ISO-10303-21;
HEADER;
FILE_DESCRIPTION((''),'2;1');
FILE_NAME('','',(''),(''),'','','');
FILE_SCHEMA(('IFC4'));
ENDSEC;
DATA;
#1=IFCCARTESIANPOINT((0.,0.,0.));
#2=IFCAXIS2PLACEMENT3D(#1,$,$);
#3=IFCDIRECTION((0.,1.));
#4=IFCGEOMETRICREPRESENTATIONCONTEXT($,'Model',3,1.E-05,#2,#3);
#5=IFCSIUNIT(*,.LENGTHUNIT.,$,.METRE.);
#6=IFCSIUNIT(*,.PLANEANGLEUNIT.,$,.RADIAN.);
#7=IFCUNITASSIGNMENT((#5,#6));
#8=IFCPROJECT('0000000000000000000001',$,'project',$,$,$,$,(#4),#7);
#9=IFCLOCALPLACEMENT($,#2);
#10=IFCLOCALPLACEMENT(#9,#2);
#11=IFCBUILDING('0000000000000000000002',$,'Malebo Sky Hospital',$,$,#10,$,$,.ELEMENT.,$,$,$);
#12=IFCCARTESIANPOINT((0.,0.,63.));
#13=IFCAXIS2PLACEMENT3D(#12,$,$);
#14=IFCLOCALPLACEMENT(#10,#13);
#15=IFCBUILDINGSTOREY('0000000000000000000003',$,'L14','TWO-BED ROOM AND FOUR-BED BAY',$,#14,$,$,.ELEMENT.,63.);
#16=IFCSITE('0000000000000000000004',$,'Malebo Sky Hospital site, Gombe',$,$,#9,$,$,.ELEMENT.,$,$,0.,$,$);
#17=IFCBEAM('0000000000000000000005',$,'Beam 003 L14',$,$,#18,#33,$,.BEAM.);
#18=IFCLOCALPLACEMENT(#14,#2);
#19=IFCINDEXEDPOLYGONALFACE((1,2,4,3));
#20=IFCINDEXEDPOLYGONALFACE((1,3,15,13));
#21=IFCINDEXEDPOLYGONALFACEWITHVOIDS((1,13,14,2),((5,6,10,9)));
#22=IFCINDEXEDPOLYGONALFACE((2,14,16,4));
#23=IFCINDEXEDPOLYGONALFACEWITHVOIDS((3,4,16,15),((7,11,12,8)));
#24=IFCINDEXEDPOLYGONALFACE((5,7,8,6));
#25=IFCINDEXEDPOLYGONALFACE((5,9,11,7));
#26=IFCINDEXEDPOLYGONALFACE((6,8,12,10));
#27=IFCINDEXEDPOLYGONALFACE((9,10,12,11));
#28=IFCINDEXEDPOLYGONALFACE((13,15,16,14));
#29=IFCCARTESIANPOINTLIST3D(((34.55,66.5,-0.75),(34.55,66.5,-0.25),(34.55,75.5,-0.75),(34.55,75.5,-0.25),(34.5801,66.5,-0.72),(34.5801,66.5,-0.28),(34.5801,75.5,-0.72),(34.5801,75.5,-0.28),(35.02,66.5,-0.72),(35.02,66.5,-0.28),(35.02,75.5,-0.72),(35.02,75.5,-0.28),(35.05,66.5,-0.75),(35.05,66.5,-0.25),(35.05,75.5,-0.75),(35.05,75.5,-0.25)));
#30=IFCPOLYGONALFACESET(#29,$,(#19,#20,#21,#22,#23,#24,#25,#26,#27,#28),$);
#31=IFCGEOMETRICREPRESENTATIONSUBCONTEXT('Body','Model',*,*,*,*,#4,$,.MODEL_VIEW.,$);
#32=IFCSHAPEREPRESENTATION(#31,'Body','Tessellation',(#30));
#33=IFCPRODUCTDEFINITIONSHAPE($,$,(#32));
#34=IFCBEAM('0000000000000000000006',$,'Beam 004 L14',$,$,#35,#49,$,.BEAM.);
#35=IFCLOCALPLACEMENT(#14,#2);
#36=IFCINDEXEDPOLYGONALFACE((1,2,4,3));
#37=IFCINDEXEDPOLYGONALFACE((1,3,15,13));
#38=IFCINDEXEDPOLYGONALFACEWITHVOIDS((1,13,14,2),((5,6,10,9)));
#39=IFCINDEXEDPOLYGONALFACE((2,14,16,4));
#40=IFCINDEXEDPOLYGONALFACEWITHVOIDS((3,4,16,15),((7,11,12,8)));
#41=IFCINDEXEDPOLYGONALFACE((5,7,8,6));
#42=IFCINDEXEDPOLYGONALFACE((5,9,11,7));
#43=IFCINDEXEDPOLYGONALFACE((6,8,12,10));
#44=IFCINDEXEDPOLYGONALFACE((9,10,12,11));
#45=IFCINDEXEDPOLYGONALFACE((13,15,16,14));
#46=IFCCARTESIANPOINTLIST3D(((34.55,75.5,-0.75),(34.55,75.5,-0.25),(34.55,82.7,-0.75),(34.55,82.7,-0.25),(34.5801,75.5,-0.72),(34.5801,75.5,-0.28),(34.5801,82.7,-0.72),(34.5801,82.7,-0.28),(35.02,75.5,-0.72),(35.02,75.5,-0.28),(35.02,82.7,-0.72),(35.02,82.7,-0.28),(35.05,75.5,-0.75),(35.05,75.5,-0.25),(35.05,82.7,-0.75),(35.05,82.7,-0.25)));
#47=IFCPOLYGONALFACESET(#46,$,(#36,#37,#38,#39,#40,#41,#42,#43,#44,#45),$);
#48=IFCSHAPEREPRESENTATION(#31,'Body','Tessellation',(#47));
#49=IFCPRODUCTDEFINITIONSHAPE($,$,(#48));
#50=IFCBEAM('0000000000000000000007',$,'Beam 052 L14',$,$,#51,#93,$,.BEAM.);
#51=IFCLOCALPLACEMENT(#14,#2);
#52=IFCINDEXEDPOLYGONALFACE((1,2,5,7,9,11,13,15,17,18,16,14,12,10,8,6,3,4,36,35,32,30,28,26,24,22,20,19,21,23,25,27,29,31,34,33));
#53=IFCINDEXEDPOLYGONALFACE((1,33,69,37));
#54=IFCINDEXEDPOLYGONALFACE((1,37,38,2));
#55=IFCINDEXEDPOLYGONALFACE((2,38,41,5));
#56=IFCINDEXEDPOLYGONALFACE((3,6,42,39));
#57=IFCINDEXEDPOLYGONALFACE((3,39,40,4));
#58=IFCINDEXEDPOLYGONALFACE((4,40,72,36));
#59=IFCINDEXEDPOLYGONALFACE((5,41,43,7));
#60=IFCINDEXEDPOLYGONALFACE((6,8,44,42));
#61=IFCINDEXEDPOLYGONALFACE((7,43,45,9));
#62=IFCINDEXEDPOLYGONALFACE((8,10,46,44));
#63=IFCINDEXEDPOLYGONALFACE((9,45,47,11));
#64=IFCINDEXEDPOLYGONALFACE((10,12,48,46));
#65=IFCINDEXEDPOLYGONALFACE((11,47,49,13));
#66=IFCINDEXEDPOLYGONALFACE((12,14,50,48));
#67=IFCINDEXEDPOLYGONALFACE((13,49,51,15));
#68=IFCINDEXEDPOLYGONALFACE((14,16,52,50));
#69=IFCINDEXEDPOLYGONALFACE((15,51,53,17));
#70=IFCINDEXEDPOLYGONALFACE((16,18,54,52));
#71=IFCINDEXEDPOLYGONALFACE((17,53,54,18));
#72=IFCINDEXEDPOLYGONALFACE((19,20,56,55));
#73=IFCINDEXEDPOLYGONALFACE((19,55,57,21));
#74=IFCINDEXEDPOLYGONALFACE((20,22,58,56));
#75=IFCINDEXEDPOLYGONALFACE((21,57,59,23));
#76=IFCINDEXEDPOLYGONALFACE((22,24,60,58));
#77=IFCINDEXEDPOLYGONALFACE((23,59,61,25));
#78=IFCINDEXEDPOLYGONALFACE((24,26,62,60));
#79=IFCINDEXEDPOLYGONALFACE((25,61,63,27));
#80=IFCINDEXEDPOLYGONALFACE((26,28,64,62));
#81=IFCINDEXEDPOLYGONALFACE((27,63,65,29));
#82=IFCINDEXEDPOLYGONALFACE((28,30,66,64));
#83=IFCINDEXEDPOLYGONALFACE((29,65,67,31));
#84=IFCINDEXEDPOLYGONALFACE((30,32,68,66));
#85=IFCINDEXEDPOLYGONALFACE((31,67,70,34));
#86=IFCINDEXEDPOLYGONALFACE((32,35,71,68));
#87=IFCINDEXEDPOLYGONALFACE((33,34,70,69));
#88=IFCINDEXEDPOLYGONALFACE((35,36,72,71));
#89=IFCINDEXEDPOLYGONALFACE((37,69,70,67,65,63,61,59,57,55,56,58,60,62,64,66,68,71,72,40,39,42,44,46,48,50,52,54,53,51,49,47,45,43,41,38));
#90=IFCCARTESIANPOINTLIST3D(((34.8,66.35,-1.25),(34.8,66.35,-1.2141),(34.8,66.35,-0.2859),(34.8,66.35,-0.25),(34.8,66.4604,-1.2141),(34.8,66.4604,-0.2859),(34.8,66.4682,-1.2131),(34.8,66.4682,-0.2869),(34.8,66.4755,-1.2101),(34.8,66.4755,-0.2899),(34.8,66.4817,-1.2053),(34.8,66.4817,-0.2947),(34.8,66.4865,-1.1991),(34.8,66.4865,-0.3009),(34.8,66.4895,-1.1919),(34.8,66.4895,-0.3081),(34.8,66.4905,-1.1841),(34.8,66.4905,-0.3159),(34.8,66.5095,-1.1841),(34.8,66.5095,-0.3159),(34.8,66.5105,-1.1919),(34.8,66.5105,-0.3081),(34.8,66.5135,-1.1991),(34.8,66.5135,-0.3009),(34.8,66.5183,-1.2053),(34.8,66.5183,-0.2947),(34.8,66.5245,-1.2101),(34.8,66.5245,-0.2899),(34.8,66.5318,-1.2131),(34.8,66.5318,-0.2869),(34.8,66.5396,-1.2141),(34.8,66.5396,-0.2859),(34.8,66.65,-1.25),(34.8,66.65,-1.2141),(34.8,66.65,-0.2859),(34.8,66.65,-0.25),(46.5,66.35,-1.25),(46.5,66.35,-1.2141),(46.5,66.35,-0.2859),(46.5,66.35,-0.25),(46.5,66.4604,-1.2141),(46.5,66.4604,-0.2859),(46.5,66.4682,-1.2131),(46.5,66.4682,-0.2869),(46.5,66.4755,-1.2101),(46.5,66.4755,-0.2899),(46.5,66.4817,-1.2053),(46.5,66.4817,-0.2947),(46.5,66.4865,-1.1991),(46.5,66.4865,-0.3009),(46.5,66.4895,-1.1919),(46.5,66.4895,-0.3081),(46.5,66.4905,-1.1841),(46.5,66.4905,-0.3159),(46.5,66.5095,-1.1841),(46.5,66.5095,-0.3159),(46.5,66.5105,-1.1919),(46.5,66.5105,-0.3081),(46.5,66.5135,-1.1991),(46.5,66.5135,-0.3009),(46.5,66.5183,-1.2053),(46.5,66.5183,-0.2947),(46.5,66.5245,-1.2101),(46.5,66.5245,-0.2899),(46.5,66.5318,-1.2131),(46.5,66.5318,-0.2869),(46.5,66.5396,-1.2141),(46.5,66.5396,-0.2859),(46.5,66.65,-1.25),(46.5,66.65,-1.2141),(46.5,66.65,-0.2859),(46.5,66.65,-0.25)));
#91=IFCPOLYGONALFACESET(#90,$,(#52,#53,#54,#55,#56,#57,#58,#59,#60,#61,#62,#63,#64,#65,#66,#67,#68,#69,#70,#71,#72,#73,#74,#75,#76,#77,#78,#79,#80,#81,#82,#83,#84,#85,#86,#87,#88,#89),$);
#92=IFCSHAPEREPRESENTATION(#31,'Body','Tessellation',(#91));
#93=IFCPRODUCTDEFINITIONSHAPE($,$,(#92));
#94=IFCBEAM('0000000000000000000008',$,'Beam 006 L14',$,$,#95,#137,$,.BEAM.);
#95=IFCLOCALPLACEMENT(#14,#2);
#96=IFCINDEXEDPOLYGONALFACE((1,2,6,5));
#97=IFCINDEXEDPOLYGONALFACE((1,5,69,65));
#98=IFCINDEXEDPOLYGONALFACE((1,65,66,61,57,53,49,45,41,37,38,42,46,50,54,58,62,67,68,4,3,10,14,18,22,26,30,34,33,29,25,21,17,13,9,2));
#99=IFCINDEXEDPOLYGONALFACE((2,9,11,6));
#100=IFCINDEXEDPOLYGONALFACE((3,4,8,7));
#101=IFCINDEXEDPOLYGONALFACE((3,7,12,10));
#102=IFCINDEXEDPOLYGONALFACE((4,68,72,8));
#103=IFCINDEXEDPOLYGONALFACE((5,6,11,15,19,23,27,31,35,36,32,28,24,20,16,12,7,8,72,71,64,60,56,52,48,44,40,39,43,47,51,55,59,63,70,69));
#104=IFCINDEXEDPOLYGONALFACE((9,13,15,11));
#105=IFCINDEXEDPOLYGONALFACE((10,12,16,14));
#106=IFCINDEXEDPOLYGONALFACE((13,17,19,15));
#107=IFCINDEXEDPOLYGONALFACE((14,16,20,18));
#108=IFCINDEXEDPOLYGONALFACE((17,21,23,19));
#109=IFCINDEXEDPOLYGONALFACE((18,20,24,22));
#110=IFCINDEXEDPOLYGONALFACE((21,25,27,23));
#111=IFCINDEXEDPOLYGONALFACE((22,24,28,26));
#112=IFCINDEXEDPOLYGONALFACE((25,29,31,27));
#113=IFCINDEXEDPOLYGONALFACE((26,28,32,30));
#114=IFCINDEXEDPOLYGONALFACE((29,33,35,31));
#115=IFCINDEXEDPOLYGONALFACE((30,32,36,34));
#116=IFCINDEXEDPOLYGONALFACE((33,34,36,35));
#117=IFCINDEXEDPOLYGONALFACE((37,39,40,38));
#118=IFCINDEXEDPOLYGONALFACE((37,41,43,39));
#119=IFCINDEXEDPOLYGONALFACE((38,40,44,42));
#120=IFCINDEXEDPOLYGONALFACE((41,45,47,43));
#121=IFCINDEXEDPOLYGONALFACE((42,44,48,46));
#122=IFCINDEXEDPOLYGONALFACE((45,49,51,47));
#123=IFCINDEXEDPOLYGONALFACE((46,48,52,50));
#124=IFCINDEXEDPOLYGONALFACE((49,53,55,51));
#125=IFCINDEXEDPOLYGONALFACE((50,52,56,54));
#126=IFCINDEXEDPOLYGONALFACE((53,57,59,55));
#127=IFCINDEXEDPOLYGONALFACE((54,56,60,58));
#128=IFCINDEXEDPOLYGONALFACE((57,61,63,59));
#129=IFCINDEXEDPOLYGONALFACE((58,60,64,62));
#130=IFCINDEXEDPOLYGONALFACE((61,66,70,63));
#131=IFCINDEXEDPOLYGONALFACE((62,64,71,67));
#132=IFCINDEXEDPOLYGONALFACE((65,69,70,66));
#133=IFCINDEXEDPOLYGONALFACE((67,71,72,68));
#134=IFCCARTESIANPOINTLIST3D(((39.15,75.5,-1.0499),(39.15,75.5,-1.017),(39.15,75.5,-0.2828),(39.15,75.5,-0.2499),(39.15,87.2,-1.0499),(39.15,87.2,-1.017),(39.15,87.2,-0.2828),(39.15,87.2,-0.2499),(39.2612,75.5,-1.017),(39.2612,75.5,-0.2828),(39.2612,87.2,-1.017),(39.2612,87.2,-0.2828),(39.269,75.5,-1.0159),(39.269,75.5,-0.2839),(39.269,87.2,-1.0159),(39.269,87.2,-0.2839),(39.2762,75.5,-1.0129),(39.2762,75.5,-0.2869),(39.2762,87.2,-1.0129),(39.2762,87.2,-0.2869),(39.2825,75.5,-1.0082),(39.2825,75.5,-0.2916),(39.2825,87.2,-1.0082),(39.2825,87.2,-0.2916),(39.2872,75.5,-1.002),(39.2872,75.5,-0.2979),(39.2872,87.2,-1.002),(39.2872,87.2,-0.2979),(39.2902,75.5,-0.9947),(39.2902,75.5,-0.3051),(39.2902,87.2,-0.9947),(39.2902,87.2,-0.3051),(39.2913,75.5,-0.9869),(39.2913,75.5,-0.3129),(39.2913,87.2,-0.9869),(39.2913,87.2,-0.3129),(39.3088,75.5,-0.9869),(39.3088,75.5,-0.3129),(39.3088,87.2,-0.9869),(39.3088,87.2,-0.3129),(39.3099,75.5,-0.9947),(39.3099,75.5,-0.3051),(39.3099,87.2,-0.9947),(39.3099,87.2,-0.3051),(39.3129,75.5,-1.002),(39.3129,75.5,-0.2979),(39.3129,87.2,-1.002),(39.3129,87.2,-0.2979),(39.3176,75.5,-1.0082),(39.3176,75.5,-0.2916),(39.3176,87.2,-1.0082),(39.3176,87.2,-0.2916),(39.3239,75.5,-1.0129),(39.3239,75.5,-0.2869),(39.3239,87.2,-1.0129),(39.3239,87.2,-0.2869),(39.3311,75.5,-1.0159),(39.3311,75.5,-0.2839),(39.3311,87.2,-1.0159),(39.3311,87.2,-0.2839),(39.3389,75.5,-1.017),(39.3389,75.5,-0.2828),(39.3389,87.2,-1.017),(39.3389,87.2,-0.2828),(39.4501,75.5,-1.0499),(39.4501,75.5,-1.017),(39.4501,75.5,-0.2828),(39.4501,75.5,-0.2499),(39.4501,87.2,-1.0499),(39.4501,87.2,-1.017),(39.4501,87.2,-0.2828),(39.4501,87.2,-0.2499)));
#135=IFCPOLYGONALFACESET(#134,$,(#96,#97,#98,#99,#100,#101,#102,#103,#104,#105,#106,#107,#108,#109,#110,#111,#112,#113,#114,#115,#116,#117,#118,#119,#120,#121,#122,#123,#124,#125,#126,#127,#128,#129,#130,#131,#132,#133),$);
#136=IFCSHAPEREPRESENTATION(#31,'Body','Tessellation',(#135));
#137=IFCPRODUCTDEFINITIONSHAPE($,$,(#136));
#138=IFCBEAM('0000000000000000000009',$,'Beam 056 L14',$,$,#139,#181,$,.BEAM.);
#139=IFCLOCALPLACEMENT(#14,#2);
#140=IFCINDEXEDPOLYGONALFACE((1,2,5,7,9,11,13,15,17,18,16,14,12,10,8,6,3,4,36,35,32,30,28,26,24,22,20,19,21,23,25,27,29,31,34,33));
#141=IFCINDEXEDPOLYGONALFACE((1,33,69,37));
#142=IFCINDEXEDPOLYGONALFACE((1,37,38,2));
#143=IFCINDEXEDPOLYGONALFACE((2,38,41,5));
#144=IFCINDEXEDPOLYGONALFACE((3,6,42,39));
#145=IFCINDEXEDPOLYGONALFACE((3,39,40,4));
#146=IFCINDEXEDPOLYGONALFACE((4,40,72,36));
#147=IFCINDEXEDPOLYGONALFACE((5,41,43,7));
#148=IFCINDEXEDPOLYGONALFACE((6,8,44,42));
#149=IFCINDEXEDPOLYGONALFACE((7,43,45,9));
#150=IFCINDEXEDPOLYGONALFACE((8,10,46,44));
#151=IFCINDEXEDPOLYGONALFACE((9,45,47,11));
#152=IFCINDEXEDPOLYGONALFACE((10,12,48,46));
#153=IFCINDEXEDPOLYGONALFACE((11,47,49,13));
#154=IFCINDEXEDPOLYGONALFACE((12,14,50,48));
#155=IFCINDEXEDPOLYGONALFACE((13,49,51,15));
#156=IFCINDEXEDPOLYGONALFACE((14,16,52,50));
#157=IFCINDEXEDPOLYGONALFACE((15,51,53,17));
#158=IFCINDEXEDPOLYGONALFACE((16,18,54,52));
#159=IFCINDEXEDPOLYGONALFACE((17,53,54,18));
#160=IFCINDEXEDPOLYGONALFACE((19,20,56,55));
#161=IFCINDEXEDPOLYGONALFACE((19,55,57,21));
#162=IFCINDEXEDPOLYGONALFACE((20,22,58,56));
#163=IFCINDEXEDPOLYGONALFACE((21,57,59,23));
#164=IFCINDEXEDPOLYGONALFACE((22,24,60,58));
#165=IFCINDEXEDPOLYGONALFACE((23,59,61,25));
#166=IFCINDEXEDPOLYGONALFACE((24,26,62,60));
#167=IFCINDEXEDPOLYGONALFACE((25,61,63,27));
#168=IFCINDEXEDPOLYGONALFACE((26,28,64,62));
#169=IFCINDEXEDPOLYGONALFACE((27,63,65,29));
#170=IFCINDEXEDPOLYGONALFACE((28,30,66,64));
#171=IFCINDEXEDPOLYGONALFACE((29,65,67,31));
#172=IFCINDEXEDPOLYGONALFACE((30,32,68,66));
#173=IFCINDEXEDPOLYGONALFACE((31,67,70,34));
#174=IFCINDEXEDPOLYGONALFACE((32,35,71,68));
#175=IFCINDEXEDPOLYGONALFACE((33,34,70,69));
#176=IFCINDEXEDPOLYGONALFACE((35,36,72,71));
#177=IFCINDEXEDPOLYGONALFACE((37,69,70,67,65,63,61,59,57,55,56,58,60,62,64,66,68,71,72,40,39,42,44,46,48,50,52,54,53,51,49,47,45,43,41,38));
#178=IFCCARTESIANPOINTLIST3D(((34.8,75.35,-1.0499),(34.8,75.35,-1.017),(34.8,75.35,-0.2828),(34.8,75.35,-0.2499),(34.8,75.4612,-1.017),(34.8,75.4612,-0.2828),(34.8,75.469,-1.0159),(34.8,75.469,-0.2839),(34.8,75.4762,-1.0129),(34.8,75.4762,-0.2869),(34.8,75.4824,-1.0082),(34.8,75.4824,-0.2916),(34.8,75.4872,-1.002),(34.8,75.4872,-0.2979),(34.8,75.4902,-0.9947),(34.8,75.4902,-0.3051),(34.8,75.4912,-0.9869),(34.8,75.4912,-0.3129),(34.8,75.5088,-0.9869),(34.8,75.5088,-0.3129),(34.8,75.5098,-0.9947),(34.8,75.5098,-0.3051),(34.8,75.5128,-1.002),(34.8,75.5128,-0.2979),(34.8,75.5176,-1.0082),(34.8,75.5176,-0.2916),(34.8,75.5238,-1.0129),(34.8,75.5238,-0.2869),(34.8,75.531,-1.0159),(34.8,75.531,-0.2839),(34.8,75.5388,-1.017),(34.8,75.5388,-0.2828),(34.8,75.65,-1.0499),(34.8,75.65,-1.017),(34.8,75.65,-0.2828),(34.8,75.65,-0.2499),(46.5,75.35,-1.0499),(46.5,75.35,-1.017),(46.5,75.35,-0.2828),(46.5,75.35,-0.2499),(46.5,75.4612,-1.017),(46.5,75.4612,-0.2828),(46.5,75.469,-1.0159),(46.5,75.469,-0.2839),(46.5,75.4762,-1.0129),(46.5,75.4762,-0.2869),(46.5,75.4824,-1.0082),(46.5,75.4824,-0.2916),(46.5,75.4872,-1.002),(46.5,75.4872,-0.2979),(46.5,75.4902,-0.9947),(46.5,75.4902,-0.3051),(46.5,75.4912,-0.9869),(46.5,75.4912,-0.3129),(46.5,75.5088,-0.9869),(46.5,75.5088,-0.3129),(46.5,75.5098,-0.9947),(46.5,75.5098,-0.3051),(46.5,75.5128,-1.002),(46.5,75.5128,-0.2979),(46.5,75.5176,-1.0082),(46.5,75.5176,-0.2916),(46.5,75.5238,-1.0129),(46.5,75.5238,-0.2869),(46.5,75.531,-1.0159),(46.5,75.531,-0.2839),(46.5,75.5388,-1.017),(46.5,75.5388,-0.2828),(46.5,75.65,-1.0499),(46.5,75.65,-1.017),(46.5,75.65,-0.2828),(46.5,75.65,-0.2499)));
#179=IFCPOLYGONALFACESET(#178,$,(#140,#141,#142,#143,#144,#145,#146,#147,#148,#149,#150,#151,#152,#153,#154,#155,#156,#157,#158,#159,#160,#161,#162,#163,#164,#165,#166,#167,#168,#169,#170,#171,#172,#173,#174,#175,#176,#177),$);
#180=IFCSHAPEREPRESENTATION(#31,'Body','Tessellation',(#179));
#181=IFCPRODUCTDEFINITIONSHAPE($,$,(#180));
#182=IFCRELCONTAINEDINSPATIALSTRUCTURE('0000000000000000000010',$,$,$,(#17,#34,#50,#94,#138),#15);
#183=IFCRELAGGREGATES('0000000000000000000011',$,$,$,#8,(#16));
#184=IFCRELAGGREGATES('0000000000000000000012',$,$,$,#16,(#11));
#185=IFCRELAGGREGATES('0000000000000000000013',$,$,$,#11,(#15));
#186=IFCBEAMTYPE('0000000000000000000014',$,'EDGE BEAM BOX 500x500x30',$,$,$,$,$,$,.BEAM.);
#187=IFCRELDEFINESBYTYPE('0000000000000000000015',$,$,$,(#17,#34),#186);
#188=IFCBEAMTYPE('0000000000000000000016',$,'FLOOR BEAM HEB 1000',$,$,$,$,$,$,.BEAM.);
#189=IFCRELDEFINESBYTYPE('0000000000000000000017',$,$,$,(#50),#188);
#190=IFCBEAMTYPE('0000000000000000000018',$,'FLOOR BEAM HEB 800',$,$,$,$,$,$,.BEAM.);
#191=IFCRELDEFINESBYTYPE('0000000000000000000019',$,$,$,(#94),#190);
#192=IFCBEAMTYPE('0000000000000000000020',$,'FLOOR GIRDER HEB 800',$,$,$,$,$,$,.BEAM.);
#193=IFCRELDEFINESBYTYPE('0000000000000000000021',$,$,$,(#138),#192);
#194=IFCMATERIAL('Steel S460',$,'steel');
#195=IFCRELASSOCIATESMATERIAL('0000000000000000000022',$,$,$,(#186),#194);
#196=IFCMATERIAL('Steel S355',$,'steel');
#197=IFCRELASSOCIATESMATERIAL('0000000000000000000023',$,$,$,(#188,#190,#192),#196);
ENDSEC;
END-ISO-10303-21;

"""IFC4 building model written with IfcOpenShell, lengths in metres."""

from ifc_helpers import new_model, si_unit, direction, frame, origin, origin_2d, place, context, subcontext, project, spatial, hollow_rectangle, i_section, extrude, material, material_profile, profile_set, type_object, element, save


model = new_model("IFC4")

# Units and contexts
model_context = context("Model", 3, precision=1e-05, world=origin(), true_north=direction((0.0, 1.0)))
body_context = subcontext(model_context, "Body", "Model", "MODEL_VIEW")
ifc_project = project(units=[si_unit("LENGTHUNIT", "METRE"), si_unit("PLANEANGLEUNIT", "RADIAN")], contexts=[model_context])

# Site, building, storey
site_placement = place(None, origin())
site = spatial("IfcSite", under=ifc_project, at=site_placement, Name="Malebo Sky Hospital site, Gombe", CompositionType="ELEMENT", RefElevation=0.0)
building_placement = place(site_placement, origin())
building = spatial("IfcBuilding", under=site, at=building_placement, Name="Malebo Sky Hospital", CompositionType="ELEMENT")
storey_placement = place(building_placement, frame((0.0, 0.0, 63.0)))
storey = spatial("IfcBuildingStorey", under=building, at=storey_placement, Name="L14", Description="TWO-BED ROOM AND FOUR-BED BAY", CompositionType="ELEMENT", Elevation=63.0)

# Shared definitions
ifc_material_1 = material(Name="Steel S460", Category="steel")

# Beams
ifc_material_profile_1 = material_profile(ifc_material_1, hollow_rectangle(XDim=0.5, YDim=0.5, WallThickness=0.03, at=origin_2d()), Name="BOX 500x500x30")
ifc_profile_set_1 = profile_set([ifc_material_profile_1], Name="Steel S460")
beam_type_1 = type_object("IfcBeamType", Name="EDGE BEAM BOX 500x500x30", PredefinedType="BEAM", material=ifc_profile_set_1)
beam_1_placement = place(storey_placement, frame((34.8, 66.5, -0.5), z_axis=(0.0, 1.0, 0.0), x_axis=(-1.0, 0.0, 0.0)))
element("IfcBeam", 1, at=beam_1_placement, inside=storey, type_object=beam_type_1, Name="Beam 003 L14", PredefinedType="BEAM", context=body_context, shape_type="SweptSolid", body=[
    extrude(hollow_rectangle(XDim=0.5, YDim=0.5, WallThickness=0.03, at=origin_2d()), origin(), (0.0, 0.0, 1.0), 9.0),
])
beam_2_placement = place(storey_placement, frame((34.8, 75.5, -0.5), z_axis=(0.0, 1.0, 0.0), x_axis=(-1.0, 0.0, 0.0)))
element("IfcBeam", 2, at=beam_2_placement, inside=storey, type_object=beam_type_1, Name="Beam 004 L14", PredefinedType="BEAM", context=body_context, shape_type="SweptSolid", body=[
    extrude(hollow_rectangle(XDim=0.5, YDim=0.5, WallThickness=0.03, at=origin_2d()), origin(), (0.0, 0.0, 1.0), 7.2),
])
ifc_material_2 = material(Name="Steel S355", Category="steel")
ifc_material_profile_2 = material_profile(ifc_material_2, i_section(OverallWidth=0.3, OverallDepth=1.0, WebThickness=0.019, FlangeThickness=0.0359, FilletRadius=0.03, at=origin_2d()), Name="HEB 1000")
ifc_profile_set_2 = profile_set([ifc_material_profile_2], Name="Steel S355")
beam_type_2 = type_object("IfcBeamType", Name="FLOOR BEAM HEB 1000", PredefinedType="BEAM", material=ifc_profile_set_2)
beam_3_placement = place(storey_placement, frame((34.8, 66.5, -0.75), z_axis=(1.0, 0.0, 0.0), x_axis=(0.0, 1.0, 0.0)))
element("IfcBeam", 3, at=beam_3_placement, inside=storey, type_object=beam_type_2, Name="Beam 052 L14", PredefinedType="BEAM", context=body_context, shape_type="SweptSolid", body=[
    extrude(i_section(OverallWidth=0.3, OverallDepth=1.0, WebThickness=0.019, FlangeThickness=0.0359, FilletRadius=0.03, at=origin_2d()), origin(), (0.0, 0.0, 1.0), 11.7),
])
ifc_material_profile_3 = material_profile(ifc_material_2, i_section(OverallWidth=0.3, OverallDepth=0.8, WebThickness=0.0176, FlangeThickness=0.033, FilletRadius=0.03, at=origin_2d()), Name="HEB 800")
ifc_profile_set_3 = profile_set([ifc_material_profile_3], Name="Steel S355")
beam_type_3 = type_object("IfcBeamType", Name="FLOOR BEAM HEB 800", PredefinedType="BEAM", material=ifc_profile_set_3)
beam_4_placement = place(storey_placement, frame((39.3, 75.5, -0.6499), z_axis=(0.0, 1.0, 0.0), x_axis=(-1.0, 0.0, 0.0)))
element("IfcBeam", 4, at=beam_4_placement, inside=storey, type_object=beam_type_3, Name="Beam 006 L14", PredefinedType="BEAM", context=body_context, shape_type="SweptSolid", body=[
    extrude(i_section(OverallWidth=0.3, OverallDepth=0.8, WebThickness=0.0176, FlangeThickness=0.033, FilletRadius=0.03, at=origin_2d()), origin(), (0.0, 0.0, 1.0), 11.7),
])
ifc_material_profile_4 = material_profile(ifc_material_2, i_section(OverallWidth=0.3, OverallDepth=0.8, WebThickness=0.0176, FlangeThickness=0.033, FilletRadius=0.03, at=origin_2d()), Name="HEB 800")
ifc_profile_set_4 = profile_set([ifc_material_profile_4], Name="Steel S355")
beam_type_4 = type_object("IfcBeamType", Name="FLOOR GIRDER HEB 800", PredefinedType="BEAM", material=ifc_profile_set_4)
beam_5_placement = place(storey_placement, frame((34.8, 75.5, -0.6499), z_axis=(1.0, 0.0, 0.0), x_axis=(0.0, 1.0, 0.0)))
element("IfcBeam", 5, at=beam_5_placement, inside=storey, type_object=beam_type_4, Name="Beam 056 L14", PredefinedType="BEAM", context=body_context, shape_type="SweptSolid", body=[
    extrude(i_section(OverallWidth=0.3, OverallDepth=0.8, WebThickness=0.0176, FlangeThickness=0.033, FilletRadius=0.03, at=origin_2d()), origin(), (0.0, 0.0, 1.0), 11.7),
])

save(model, "model.ifc")
